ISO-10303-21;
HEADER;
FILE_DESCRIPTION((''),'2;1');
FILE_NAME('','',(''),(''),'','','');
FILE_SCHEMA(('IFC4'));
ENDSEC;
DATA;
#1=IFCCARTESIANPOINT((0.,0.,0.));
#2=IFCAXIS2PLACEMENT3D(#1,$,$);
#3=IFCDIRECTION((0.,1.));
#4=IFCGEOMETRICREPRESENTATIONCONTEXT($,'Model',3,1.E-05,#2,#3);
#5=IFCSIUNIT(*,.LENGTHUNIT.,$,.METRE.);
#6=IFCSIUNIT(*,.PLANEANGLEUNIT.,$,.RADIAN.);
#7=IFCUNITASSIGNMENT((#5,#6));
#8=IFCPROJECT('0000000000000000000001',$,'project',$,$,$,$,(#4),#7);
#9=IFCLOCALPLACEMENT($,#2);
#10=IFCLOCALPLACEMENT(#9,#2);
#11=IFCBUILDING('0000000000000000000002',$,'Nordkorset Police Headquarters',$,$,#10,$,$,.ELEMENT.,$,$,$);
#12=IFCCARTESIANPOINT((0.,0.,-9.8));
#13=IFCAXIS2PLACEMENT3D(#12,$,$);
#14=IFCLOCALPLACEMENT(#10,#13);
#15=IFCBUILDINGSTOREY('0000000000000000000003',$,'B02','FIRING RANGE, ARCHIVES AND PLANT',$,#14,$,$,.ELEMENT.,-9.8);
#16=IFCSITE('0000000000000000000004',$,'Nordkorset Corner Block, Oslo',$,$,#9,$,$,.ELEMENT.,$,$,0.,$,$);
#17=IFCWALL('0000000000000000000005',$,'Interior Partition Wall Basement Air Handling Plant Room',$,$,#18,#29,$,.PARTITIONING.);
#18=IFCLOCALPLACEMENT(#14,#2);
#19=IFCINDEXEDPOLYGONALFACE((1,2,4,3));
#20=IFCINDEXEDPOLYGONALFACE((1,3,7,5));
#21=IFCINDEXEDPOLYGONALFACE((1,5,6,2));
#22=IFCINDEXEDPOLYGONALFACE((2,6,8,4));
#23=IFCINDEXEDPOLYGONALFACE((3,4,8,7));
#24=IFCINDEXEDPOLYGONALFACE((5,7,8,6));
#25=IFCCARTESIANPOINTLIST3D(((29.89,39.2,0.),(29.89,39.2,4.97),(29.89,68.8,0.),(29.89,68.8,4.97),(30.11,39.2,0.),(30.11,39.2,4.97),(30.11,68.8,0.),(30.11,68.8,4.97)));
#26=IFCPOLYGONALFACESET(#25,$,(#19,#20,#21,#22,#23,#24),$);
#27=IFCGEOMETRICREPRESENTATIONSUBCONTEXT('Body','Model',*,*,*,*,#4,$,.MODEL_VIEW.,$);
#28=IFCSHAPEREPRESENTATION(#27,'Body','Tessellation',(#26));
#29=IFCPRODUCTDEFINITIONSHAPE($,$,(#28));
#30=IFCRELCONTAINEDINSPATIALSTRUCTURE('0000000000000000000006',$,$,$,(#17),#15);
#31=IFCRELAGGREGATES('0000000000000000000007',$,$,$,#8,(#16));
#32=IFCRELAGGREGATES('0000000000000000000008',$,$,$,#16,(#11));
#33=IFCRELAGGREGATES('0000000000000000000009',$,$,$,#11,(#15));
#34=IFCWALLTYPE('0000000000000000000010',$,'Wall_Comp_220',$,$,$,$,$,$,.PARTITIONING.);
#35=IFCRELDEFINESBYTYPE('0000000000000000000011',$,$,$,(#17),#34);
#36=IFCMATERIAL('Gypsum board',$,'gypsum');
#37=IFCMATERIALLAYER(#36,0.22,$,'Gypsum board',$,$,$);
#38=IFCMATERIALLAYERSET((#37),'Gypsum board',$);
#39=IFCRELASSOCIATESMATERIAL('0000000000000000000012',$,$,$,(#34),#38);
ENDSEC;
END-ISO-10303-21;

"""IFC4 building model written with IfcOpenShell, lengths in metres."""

from ifc_helpers import new_model, si_unit, direction, frame, frame_2d, origin, place, context, subcontext, project, spatial, rectangle, extrude, material, layer, layer_set, type_object, element, save


model = new_model("IFC4")

# Units and contexts
model_context = context("Model", 3, precision=1e-05, world=origin(), true_north=direction((0.0, 1.0)))
body_context = subcontext(model_context, "Body", "Model", "MODEL_VIEW")
ifc_project = project(units=[si_unit("LENGTHUNIT", "METRE"), si_unit("PLANEANGLEUNIT", "RADIAN")], contexts=[model_context])

# Site, building, storey
site_placement = place(None, origin())
site = spatial("IfcSite", under=ifc_project, at=site_placement, Name="Nordkorset Corner Block, Oslo", CompositionType="ELEMENT", RefElevation=0.0)
building_placement = place(site_placement, origin())
building = spatial("IfcBuilding", under=site, at=building_placement, Name="Nordkorset Police Headquarters", CompositionType="ELEMENT")
storey_placement = place(building_placement, frame((0.0, 0.0, -9.8)))
storey = spatial("IfcBuildingStorey", under=building, at=storey_placement, Name="B02", Description="FIRING RANGE, ARCHIVES AND PLANT", CompositionType="ELEMENT", Elevation=-9.8)

# Shared definitions
ifc_material_1 = material(Name="Gypsum board", Category="gypsum")
ifc_layer = layer(ifc_material_1, 0.22, Name="Gypsum board")
ifc_layer_set = layer_set([ifc_layer], Name="Gypsum board")
wall_type = type_object("IfcWallType", Name="Wall_Comp_220", PredefinedType="PARTITIONING", material=ifc_layer_set)

# Wall
wall_1_placement = place(storey_placement, frame((30.0, 68.8, 0.0), z_axis=(0.0, 0.0, 1.0), x_axis=(0.0, -1.0, 0.0)))
element("IfcWall", 1, at=wall_1_placement, inside=storey, type_object=wall_type, Name="Interior Partition Wall Basement Air Handling Plant Room", PredefinedType="PARTITIONING", context=body_context, shape_type="SweptSolid", body=[
    extrude(rectangle(XDim=29.6001, YDim=0.22, at=frame_2d((14.8, 0.0))), origin(), (0.0, 0.0, 1.0), 4.97),
])

save(model, "model.ifc")
